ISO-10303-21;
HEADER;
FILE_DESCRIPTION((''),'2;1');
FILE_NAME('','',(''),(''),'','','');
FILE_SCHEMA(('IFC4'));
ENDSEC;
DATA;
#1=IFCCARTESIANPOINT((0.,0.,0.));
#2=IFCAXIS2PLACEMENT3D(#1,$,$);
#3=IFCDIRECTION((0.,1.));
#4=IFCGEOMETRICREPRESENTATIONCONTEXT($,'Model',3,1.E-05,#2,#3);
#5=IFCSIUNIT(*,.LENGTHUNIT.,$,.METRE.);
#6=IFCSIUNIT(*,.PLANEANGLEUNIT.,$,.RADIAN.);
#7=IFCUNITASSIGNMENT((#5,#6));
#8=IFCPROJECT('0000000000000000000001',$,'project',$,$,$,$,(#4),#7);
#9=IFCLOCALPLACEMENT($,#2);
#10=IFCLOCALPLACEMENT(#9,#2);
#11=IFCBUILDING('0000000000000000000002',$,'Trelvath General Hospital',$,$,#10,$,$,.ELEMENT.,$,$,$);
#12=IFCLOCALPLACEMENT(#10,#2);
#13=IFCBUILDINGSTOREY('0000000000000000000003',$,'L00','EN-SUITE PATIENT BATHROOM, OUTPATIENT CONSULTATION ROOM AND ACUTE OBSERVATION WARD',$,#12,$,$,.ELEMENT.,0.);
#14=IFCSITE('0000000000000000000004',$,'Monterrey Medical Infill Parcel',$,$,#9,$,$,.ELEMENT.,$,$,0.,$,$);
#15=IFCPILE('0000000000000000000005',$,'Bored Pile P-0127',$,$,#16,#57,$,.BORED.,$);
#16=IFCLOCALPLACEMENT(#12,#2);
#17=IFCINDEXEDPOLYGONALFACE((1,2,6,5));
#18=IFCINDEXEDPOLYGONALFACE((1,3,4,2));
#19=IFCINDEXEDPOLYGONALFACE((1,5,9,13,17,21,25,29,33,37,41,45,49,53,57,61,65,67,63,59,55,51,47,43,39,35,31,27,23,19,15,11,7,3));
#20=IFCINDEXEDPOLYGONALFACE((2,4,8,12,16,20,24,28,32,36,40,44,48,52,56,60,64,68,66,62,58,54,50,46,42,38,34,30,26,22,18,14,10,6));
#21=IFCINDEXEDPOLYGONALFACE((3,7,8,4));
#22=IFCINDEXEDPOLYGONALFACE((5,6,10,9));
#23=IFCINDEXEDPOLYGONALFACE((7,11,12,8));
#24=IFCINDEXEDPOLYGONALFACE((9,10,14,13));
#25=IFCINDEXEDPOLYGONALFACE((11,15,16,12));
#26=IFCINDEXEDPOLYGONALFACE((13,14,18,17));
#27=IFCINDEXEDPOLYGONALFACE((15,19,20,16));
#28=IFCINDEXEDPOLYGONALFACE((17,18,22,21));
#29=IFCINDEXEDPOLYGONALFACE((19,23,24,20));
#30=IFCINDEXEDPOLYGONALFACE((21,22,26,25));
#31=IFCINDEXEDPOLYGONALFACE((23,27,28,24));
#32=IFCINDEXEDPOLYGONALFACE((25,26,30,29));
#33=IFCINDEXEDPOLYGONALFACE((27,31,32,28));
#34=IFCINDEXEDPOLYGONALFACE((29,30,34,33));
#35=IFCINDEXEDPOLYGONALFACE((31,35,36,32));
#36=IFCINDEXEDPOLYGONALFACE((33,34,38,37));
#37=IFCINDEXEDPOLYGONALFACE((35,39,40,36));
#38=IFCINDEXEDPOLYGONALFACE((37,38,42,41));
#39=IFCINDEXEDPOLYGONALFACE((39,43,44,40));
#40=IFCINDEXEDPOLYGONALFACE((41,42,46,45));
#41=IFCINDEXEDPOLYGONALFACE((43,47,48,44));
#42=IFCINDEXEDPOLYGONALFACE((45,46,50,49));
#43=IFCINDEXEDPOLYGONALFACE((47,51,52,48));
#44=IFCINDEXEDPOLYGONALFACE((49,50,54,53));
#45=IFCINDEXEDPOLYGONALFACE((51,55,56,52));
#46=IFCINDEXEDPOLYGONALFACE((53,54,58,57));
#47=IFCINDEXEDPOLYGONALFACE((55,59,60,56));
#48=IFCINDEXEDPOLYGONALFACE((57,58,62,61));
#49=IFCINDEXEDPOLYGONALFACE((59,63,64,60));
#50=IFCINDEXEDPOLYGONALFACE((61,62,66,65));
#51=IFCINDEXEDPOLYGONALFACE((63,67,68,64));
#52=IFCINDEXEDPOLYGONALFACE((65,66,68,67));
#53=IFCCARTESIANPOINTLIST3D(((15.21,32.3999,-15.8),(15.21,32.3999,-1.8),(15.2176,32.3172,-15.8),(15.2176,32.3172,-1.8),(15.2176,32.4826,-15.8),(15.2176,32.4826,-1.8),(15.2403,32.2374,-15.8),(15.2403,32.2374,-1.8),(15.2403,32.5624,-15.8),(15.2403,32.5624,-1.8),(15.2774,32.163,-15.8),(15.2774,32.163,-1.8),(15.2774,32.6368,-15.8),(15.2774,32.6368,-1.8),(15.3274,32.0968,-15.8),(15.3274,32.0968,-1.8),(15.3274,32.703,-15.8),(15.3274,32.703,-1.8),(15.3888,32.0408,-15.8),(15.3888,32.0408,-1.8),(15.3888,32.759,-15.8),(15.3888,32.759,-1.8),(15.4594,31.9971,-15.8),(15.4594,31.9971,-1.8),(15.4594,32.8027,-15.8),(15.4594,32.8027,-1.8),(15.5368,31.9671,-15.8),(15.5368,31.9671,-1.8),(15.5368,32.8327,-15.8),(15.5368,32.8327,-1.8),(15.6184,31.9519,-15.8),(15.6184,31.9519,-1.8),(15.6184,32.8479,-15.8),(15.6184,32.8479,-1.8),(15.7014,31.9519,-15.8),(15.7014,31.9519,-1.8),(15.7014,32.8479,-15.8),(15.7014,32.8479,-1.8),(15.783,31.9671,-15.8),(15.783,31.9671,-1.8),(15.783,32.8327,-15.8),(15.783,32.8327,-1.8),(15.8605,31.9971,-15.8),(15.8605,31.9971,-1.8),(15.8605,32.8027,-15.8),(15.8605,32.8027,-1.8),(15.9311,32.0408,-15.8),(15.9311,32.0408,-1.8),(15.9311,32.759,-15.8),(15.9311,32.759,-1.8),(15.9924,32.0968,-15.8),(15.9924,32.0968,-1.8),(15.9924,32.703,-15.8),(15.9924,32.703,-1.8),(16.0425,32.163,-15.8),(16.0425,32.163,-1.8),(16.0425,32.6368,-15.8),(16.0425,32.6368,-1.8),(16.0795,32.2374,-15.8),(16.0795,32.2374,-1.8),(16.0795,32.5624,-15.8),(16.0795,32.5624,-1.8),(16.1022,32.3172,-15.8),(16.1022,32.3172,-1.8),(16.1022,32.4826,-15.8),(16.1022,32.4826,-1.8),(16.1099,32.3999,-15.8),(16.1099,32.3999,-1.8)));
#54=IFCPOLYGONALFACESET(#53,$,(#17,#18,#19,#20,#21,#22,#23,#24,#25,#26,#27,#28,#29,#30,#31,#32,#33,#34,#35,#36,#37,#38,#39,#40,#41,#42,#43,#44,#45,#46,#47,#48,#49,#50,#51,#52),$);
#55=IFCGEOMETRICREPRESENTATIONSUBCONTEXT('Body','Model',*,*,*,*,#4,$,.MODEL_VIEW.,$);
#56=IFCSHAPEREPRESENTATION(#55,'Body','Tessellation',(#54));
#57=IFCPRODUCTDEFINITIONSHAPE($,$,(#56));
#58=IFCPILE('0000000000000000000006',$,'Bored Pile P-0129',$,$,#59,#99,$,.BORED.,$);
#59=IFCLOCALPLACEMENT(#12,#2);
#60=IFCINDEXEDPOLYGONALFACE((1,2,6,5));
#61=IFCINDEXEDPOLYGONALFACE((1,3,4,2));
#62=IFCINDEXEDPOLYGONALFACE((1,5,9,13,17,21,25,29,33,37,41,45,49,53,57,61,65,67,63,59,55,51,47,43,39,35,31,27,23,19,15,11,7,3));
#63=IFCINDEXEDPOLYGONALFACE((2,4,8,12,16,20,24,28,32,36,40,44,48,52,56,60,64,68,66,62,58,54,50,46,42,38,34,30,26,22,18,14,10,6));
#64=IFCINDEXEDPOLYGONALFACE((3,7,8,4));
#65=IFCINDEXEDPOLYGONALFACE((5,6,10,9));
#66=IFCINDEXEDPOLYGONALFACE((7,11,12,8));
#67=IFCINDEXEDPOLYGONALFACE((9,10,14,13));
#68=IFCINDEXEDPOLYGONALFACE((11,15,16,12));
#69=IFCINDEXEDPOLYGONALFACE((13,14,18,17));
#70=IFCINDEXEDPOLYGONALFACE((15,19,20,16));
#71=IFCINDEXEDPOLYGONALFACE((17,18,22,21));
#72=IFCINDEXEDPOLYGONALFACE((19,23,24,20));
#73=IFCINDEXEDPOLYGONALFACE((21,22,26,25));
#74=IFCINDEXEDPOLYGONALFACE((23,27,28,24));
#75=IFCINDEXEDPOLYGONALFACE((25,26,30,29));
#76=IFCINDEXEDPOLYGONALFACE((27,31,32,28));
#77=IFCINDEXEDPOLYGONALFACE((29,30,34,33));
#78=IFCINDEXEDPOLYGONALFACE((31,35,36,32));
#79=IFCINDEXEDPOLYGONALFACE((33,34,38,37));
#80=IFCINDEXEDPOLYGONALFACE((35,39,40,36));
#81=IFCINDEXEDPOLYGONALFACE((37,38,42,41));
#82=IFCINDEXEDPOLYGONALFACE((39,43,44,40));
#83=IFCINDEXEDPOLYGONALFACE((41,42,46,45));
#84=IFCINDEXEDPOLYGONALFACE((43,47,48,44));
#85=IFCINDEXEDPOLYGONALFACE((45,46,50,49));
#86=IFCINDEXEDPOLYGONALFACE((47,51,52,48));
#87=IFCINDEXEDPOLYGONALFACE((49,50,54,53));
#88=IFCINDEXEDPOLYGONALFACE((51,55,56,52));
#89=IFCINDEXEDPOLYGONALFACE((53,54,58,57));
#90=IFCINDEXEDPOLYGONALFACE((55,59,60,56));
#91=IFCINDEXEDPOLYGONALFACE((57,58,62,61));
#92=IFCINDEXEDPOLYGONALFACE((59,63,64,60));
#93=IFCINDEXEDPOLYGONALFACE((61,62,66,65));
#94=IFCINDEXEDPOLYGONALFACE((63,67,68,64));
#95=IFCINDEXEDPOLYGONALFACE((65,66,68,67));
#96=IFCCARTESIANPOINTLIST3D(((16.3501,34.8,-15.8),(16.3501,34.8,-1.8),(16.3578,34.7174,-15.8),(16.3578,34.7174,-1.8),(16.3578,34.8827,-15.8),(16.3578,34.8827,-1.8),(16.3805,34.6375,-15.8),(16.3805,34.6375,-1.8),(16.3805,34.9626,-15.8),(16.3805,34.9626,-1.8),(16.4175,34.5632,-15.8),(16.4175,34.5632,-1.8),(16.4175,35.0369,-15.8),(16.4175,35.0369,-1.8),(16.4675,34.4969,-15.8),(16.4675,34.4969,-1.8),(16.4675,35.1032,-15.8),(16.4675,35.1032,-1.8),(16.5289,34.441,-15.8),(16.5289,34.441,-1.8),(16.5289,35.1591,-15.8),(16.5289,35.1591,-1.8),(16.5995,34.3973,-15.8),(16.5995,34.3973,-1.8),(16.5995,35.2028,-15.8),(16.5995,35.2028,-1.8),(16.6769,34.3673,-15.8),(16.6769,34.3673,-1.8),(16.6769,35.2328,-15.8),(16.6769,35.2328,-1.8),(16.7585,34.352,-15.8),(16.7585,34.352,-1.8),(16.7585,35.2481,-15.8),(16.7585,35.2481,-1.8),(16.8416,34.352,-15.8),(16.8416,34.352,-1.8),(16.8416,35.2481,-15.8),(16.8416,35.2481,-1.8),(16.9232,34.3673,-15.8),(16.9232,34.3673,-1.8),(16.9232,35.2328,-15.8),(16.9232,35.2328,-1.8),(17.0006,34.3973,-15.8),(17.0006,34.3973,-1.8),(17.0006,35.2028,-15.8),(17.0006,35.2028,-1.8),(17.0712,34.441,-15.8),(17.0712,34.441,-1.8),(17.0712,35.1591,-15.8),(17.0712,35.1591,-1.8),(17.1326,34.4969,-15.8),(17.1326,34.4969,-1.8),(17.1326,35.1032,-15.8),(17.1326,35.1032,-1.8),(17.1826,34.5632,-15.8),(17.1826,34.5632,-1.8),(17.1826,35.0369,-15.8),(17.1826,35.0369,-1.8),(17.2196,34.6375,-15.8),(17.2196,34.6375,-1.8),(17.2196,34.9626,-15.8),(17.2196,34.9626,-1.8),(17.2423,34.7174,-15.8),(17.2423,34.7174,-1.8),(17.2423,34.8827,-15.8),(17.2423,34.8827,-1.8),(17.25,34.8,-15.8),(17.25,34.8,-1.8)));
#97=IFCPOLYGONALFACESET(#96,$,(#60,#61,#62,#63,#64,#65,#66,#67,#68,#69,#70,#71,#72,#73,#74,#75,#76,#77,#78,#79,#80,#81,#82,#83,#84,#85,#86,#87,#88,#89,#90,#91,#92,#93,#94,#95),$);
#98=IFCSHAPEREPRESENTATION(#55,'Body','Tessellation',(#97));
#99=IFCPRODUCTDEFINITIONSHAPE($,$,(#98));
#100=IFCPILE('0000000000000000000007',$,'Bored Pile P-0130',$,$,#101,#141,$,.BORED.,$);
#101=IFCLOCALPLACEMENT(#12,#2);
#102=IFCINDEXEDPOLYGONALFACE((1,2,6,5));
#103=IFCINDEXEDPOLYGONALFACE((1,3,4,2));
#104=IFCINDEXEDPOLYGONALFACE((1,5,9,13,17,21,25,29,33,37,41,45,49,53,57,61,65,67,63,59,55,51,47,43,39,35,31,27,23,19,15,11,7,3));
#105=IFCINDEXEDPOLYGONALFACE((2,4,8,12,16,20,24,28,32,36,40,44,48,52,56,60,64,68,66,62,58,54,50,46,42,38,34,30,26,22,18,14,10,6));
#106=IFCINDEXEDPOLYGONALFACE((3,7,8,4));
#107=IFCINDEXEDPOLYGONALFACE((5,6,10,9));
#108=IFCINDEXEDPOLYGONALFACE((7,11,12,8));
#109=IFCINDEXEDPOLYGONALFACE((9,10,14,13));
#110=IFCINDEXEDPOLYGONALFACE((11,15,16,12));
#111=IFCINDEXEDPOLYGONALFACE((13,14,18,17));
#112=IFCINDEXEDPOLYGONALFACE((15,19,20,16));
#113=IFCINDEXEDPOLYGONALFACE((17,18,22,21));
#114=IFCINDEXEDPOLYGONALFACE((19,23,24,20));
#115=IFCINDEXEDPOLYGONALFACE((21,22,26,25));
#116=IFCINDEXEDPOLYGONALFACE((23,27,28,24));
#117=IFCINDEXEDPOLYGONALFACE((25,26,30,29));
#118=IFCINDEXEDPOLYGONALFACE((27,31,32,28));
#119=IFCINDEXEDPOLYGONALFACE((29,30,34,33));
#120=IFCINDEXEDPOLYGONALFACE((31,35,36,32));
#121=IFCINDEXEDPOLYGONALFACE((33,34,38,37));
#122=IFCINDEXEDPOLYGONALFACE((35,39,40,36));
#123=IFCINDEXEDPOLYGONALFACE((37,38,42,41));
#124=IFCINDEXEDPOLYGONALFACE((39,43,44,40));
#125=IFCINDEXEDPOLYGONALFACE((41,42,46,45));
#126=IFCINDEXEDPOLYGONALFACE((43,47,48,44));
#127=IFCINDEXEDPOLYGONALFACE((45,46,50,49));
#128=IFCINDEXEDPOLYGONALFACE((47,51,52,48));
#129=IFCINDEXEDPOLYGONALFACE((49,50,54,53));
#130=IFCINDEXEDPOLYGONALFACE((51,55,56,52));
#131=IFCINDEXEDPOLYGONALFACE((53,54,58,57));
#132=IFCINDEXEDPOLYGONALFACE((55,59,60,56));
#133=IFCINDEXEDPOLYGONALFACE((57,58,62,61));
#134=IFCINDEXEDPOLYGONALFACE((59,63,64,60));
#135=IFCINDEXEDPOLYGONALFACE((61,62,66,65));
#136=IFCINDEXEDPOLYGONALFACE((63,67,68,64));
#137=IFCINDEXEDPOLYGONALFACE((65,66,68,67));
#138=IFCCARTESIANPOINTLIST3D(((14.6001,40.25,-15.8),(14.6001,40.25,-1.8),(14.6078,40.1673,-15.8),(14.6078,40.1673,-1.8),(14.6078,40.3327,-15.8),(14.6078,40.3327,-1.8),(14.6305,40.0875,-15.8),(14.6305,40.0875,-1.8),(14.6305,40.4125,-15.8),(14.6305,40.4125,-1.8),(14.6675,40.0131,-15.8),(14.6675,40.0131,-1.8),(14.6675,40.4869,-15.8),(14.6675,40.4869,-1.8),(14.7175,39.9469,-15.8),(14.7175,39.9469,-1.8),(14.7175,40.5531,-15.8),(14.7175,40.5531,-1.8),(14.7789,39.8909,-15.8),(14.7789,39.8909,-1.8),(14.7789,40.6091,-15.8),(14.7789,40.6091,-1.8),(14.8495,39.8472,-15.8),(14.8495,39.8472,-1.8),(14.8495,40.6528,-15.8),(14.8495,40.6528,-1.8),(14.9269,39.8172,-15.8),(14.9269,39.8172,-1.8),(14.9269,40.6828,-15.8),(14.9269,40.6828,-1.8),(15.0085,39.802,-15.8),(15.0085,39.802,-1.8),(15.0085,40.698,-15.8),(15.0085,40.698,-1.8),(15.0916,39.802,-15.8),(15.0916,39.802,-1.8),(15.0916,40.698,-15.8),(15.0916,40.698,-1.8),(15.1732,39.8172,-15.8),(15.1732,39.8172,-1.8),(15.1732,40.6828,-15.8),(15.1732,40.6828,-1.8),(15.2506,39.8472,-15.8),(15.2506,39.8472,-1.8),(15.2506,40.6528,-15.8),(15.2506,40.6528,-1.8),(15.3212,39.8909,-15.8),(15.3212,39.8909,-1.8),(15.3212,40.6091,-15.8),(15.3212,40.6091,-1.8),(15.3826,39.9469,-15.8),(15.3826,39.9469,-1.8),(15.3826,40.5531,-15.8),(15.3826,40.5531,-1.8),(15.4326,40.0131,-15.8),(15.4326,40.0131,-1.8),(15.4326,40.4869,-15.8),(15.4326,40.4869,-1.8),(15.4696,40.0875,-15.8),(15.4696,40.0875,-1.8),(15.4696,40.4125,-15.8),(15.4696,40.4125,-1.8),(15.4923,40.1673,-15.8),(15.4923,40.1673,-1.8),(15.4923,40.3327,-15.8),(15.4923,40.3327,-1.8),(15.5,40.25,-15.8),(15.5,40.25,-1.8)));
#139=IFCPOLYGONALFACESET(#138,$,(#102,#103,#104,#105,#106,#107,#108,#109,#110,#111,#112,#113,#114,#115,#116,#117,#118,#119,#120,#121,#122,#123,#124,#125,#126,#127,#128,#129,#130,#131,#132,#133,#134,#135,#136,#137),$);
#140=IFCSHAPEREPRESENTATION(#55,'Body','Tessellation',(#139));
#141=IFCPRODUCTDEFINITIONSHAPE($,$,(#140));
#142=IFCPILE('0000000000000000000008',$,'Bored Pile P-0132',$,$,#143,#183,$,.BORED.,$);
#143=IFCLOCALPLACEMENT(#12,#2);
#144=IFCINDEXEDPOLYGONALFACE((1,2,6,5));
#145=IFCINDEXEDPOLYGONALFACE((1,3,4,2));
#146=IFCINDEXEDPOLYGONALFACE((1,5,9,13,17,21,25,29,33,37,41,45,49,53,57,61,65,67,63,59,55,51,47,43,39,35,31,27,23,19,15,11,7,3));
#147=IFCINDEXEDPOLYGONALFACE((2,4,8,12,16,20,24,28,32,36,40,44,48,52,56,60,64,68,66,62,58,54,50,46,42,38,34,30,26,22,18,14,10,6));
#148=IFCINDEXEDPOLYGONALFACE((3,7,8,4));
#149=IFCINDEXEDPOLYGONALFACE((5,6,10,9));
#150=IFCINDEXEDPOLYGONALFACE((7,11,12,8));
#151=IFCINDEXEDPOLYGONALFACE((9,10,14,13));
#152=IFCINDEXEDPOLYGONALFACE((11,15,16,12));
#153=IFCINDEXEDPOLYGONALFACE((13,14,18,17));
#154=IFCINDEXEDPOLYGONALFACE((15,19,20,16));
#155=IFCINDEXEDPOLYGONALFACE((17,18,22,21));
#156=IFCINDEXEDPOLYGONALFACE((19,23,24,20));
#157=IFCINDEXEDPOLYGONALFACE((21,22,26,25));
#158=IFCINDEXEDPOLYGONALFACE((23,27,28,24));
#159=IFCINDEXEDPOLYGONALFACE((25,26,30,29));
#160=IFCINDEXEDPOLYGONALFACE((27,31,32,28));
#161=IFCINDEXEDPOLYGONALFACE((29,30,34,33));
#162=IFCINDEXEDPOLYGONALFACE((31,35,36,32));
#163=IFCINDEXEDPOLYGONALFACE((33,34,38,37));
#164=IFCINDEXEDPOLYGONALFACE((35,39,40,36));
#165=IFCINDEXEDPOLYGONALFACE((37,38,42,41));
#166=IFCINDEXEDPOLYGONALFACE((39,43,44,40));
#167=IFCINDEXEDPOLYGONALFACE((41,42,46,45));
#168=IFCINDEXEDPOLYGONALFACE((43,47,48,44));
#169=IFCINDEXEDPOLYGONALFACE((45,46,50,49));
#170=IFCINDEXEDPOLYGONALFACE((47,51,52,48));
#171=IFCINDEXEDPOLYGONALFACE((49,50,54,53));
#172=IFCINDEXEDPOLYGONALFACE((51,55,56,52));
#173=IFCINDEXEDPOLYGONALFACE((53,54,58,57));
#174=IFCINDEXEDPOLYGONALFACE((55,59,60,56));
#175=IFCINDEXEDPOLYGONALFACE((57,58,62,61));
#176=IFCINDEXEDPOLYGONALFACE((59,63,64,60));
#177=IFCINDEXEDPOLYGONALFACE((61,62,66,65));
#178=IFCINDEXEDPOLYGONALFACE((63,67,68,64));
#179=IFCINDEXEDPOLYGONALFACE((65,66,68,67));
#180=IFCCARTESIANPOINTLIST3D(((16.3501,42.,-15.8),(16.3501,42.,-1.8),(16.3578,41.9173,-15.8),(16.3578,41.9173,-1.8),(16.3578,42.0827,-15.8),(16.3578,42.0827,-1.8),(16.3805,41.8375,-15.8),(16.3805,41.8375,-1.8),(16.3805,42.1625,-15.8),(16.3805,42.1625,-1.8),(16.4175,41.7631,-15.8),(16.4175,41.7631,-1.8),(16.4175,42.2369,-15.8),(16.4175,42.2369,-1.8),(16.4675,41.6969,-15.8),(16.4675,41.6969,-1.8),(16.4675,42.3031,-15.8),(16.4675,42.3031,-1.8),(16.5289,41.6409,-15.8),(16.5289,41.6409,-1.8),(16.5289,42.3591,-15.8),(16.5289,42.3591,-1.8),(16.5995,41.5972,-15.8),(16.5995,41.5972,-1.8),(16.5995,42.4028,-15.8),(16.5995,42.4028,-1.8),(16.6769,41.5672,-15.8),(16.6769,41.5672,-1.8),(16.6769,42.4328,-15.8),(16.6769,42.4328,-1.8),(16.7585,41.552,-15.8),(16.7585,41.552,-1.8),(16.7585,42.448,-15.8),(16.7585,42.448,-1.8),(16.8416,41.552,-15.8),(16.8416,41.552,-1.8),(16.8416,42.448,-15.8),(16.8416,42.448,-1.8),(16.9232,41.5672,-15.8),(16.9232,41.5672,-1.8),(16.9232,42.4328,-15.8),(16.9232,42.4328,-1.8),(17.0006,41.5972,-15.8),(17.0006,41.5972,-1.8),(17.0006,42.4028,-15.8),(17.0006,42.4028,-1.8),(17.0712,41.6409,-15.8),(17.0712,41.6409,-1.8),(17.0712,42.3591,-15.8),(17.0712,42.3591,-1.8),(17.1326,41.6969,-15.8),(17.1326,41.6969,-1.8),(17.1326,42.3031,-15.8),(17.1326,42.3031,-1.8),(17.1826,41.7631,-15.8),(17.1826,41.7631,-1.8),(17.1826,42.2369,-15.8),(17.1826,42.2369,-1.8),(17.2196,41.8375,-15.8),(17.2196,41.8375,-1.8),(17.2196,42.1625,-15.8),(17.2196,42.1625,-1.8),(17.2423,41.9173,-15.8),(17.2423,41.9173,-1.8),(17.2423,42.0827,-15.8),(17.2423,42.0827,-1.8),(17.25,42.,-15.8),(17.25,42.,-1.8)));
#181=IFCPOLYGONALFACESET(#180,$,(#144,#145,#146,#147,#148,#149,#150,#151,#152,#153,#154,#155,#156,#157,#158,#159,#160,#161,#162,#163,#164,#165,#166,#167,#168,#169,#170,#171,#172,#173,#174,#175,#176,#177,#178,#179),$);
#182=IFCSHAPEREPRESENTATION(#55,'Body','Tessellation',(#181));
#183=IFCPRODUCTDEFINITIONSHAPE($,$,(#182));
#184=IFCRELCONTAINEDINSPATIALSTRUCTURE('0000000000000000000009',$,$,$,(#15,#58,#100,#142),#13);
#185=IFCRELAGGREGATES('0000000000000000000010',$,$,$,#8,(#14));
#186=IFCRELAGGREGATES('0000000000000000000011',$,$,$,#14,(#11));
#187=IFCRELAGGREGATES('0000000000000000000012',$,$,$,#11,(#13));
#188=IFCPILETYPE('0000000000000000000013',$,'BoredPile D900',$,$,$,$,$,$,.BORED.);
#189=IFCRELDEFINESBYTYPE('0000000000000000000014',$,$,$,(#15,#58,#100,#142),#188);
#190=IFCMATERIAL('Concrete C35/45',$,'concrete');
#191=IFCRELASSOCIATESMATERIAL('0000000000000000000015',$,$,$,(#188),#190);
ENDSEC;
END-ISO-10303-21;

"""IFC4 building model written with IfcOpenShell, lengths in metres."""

from ifc_helpers import new_model, si_unit, direction, frame, origin, origin_2d, place, context, subcontext, project, spatial, circle, extrude, material, material_profile, profile_set, type_object, element, save


model = new_model("IFC4")

# Units and contexts
model_context = context("Model", 3, precision=1e-05, world=origin(), true_north=direction((0.0, 1.0)))
body_context = subcontext(model_context, "Body", "Model", "MODEL_VIEW")
ifc_project = project(units=[si_unit("LENGTHUNIT", "METRE"), si_unit("PLANEANGLEUNIT", "RADIAN")], contexts=[model_context])

# Site, building, storey
site_placement = place(None, origin())
site = spatial("IfcSite", under=ifc_project, at=site_placement, Name="Monterrey Medical Infill Parcel", CompositionType="ELEMENT", RefElevation=0.0)
building_placement = place(site_placement, origin())
building = spatial("IfcBuilding", under=site, at=building_placement, Name="Trelvath General Hospital", CompositionType="ELEMENT")
storey_placement = place(building_placement, origin())
storey = spatial("IfcBuildingStorey", under=building, at=storey_placement, Name="L00", Description="EN-SUITE PATIENT BATHROOM, OUTPATIENT CONSULTATION ROOM AND ACUTE OBSERVATION WARD", CompositionType="ELEMENT", Elevation=0.0)

# Piles
ifc_material_1 = material(Name="Concrete C35/45", Category="concrete")
ifc_material_profile_1 = material_profile(ifc_material_1, circle(Radius=0.45, at=origin_2d()), Name="PILE900")
ifc_profile_set_1 = profile_set([ifc_material_profile_1], Name="Concrete C35/45")
pile_type_1 = type_object("IfcPileType", Name="BoredPile D900", PredefinedType="BORED", material=ifc_profile_set_1)
for number, where, z_axis, x_axis, name in (
    (1, (15.6599, 32.3999, -1.8), (0.0, 0.0, -1.0), (1.0, 0.0, 0.0), "Bored Pile P-0127"),
    (2, (16.8, 34.8, -1.8), (0.0, 0.0, -1.0), (1.0, 0.0, 0.0), "Bored Pile P-0129"),
    (3, (15.05, 40.25, -1.8), (0.0, 0.0, -1.0), (1.0, 0.0, 0.0), "Bored Pile P-0130"),
    (4, (16.8, 42.0, -1.8), (0.0, 0.0, -1.0), (1.0, 0.0, 0.0), "Bored Pile P-0132"),
):
    element("IfcPile", number, at=place(storey_placement, frame(where, z_axis=z_axis, x_axis=x_axis)), inside=storey, type_object=pile_type_1, Name=name, PredefinedType="BORED", context=body_context, shape_type="SweptSolid", body=[
        extrude(circle(Radius=0.45, at=origin_2d()), origin(), (0.0, 0.0, 1.0), 14.0),
    ])

save(model, "model.ifc")
